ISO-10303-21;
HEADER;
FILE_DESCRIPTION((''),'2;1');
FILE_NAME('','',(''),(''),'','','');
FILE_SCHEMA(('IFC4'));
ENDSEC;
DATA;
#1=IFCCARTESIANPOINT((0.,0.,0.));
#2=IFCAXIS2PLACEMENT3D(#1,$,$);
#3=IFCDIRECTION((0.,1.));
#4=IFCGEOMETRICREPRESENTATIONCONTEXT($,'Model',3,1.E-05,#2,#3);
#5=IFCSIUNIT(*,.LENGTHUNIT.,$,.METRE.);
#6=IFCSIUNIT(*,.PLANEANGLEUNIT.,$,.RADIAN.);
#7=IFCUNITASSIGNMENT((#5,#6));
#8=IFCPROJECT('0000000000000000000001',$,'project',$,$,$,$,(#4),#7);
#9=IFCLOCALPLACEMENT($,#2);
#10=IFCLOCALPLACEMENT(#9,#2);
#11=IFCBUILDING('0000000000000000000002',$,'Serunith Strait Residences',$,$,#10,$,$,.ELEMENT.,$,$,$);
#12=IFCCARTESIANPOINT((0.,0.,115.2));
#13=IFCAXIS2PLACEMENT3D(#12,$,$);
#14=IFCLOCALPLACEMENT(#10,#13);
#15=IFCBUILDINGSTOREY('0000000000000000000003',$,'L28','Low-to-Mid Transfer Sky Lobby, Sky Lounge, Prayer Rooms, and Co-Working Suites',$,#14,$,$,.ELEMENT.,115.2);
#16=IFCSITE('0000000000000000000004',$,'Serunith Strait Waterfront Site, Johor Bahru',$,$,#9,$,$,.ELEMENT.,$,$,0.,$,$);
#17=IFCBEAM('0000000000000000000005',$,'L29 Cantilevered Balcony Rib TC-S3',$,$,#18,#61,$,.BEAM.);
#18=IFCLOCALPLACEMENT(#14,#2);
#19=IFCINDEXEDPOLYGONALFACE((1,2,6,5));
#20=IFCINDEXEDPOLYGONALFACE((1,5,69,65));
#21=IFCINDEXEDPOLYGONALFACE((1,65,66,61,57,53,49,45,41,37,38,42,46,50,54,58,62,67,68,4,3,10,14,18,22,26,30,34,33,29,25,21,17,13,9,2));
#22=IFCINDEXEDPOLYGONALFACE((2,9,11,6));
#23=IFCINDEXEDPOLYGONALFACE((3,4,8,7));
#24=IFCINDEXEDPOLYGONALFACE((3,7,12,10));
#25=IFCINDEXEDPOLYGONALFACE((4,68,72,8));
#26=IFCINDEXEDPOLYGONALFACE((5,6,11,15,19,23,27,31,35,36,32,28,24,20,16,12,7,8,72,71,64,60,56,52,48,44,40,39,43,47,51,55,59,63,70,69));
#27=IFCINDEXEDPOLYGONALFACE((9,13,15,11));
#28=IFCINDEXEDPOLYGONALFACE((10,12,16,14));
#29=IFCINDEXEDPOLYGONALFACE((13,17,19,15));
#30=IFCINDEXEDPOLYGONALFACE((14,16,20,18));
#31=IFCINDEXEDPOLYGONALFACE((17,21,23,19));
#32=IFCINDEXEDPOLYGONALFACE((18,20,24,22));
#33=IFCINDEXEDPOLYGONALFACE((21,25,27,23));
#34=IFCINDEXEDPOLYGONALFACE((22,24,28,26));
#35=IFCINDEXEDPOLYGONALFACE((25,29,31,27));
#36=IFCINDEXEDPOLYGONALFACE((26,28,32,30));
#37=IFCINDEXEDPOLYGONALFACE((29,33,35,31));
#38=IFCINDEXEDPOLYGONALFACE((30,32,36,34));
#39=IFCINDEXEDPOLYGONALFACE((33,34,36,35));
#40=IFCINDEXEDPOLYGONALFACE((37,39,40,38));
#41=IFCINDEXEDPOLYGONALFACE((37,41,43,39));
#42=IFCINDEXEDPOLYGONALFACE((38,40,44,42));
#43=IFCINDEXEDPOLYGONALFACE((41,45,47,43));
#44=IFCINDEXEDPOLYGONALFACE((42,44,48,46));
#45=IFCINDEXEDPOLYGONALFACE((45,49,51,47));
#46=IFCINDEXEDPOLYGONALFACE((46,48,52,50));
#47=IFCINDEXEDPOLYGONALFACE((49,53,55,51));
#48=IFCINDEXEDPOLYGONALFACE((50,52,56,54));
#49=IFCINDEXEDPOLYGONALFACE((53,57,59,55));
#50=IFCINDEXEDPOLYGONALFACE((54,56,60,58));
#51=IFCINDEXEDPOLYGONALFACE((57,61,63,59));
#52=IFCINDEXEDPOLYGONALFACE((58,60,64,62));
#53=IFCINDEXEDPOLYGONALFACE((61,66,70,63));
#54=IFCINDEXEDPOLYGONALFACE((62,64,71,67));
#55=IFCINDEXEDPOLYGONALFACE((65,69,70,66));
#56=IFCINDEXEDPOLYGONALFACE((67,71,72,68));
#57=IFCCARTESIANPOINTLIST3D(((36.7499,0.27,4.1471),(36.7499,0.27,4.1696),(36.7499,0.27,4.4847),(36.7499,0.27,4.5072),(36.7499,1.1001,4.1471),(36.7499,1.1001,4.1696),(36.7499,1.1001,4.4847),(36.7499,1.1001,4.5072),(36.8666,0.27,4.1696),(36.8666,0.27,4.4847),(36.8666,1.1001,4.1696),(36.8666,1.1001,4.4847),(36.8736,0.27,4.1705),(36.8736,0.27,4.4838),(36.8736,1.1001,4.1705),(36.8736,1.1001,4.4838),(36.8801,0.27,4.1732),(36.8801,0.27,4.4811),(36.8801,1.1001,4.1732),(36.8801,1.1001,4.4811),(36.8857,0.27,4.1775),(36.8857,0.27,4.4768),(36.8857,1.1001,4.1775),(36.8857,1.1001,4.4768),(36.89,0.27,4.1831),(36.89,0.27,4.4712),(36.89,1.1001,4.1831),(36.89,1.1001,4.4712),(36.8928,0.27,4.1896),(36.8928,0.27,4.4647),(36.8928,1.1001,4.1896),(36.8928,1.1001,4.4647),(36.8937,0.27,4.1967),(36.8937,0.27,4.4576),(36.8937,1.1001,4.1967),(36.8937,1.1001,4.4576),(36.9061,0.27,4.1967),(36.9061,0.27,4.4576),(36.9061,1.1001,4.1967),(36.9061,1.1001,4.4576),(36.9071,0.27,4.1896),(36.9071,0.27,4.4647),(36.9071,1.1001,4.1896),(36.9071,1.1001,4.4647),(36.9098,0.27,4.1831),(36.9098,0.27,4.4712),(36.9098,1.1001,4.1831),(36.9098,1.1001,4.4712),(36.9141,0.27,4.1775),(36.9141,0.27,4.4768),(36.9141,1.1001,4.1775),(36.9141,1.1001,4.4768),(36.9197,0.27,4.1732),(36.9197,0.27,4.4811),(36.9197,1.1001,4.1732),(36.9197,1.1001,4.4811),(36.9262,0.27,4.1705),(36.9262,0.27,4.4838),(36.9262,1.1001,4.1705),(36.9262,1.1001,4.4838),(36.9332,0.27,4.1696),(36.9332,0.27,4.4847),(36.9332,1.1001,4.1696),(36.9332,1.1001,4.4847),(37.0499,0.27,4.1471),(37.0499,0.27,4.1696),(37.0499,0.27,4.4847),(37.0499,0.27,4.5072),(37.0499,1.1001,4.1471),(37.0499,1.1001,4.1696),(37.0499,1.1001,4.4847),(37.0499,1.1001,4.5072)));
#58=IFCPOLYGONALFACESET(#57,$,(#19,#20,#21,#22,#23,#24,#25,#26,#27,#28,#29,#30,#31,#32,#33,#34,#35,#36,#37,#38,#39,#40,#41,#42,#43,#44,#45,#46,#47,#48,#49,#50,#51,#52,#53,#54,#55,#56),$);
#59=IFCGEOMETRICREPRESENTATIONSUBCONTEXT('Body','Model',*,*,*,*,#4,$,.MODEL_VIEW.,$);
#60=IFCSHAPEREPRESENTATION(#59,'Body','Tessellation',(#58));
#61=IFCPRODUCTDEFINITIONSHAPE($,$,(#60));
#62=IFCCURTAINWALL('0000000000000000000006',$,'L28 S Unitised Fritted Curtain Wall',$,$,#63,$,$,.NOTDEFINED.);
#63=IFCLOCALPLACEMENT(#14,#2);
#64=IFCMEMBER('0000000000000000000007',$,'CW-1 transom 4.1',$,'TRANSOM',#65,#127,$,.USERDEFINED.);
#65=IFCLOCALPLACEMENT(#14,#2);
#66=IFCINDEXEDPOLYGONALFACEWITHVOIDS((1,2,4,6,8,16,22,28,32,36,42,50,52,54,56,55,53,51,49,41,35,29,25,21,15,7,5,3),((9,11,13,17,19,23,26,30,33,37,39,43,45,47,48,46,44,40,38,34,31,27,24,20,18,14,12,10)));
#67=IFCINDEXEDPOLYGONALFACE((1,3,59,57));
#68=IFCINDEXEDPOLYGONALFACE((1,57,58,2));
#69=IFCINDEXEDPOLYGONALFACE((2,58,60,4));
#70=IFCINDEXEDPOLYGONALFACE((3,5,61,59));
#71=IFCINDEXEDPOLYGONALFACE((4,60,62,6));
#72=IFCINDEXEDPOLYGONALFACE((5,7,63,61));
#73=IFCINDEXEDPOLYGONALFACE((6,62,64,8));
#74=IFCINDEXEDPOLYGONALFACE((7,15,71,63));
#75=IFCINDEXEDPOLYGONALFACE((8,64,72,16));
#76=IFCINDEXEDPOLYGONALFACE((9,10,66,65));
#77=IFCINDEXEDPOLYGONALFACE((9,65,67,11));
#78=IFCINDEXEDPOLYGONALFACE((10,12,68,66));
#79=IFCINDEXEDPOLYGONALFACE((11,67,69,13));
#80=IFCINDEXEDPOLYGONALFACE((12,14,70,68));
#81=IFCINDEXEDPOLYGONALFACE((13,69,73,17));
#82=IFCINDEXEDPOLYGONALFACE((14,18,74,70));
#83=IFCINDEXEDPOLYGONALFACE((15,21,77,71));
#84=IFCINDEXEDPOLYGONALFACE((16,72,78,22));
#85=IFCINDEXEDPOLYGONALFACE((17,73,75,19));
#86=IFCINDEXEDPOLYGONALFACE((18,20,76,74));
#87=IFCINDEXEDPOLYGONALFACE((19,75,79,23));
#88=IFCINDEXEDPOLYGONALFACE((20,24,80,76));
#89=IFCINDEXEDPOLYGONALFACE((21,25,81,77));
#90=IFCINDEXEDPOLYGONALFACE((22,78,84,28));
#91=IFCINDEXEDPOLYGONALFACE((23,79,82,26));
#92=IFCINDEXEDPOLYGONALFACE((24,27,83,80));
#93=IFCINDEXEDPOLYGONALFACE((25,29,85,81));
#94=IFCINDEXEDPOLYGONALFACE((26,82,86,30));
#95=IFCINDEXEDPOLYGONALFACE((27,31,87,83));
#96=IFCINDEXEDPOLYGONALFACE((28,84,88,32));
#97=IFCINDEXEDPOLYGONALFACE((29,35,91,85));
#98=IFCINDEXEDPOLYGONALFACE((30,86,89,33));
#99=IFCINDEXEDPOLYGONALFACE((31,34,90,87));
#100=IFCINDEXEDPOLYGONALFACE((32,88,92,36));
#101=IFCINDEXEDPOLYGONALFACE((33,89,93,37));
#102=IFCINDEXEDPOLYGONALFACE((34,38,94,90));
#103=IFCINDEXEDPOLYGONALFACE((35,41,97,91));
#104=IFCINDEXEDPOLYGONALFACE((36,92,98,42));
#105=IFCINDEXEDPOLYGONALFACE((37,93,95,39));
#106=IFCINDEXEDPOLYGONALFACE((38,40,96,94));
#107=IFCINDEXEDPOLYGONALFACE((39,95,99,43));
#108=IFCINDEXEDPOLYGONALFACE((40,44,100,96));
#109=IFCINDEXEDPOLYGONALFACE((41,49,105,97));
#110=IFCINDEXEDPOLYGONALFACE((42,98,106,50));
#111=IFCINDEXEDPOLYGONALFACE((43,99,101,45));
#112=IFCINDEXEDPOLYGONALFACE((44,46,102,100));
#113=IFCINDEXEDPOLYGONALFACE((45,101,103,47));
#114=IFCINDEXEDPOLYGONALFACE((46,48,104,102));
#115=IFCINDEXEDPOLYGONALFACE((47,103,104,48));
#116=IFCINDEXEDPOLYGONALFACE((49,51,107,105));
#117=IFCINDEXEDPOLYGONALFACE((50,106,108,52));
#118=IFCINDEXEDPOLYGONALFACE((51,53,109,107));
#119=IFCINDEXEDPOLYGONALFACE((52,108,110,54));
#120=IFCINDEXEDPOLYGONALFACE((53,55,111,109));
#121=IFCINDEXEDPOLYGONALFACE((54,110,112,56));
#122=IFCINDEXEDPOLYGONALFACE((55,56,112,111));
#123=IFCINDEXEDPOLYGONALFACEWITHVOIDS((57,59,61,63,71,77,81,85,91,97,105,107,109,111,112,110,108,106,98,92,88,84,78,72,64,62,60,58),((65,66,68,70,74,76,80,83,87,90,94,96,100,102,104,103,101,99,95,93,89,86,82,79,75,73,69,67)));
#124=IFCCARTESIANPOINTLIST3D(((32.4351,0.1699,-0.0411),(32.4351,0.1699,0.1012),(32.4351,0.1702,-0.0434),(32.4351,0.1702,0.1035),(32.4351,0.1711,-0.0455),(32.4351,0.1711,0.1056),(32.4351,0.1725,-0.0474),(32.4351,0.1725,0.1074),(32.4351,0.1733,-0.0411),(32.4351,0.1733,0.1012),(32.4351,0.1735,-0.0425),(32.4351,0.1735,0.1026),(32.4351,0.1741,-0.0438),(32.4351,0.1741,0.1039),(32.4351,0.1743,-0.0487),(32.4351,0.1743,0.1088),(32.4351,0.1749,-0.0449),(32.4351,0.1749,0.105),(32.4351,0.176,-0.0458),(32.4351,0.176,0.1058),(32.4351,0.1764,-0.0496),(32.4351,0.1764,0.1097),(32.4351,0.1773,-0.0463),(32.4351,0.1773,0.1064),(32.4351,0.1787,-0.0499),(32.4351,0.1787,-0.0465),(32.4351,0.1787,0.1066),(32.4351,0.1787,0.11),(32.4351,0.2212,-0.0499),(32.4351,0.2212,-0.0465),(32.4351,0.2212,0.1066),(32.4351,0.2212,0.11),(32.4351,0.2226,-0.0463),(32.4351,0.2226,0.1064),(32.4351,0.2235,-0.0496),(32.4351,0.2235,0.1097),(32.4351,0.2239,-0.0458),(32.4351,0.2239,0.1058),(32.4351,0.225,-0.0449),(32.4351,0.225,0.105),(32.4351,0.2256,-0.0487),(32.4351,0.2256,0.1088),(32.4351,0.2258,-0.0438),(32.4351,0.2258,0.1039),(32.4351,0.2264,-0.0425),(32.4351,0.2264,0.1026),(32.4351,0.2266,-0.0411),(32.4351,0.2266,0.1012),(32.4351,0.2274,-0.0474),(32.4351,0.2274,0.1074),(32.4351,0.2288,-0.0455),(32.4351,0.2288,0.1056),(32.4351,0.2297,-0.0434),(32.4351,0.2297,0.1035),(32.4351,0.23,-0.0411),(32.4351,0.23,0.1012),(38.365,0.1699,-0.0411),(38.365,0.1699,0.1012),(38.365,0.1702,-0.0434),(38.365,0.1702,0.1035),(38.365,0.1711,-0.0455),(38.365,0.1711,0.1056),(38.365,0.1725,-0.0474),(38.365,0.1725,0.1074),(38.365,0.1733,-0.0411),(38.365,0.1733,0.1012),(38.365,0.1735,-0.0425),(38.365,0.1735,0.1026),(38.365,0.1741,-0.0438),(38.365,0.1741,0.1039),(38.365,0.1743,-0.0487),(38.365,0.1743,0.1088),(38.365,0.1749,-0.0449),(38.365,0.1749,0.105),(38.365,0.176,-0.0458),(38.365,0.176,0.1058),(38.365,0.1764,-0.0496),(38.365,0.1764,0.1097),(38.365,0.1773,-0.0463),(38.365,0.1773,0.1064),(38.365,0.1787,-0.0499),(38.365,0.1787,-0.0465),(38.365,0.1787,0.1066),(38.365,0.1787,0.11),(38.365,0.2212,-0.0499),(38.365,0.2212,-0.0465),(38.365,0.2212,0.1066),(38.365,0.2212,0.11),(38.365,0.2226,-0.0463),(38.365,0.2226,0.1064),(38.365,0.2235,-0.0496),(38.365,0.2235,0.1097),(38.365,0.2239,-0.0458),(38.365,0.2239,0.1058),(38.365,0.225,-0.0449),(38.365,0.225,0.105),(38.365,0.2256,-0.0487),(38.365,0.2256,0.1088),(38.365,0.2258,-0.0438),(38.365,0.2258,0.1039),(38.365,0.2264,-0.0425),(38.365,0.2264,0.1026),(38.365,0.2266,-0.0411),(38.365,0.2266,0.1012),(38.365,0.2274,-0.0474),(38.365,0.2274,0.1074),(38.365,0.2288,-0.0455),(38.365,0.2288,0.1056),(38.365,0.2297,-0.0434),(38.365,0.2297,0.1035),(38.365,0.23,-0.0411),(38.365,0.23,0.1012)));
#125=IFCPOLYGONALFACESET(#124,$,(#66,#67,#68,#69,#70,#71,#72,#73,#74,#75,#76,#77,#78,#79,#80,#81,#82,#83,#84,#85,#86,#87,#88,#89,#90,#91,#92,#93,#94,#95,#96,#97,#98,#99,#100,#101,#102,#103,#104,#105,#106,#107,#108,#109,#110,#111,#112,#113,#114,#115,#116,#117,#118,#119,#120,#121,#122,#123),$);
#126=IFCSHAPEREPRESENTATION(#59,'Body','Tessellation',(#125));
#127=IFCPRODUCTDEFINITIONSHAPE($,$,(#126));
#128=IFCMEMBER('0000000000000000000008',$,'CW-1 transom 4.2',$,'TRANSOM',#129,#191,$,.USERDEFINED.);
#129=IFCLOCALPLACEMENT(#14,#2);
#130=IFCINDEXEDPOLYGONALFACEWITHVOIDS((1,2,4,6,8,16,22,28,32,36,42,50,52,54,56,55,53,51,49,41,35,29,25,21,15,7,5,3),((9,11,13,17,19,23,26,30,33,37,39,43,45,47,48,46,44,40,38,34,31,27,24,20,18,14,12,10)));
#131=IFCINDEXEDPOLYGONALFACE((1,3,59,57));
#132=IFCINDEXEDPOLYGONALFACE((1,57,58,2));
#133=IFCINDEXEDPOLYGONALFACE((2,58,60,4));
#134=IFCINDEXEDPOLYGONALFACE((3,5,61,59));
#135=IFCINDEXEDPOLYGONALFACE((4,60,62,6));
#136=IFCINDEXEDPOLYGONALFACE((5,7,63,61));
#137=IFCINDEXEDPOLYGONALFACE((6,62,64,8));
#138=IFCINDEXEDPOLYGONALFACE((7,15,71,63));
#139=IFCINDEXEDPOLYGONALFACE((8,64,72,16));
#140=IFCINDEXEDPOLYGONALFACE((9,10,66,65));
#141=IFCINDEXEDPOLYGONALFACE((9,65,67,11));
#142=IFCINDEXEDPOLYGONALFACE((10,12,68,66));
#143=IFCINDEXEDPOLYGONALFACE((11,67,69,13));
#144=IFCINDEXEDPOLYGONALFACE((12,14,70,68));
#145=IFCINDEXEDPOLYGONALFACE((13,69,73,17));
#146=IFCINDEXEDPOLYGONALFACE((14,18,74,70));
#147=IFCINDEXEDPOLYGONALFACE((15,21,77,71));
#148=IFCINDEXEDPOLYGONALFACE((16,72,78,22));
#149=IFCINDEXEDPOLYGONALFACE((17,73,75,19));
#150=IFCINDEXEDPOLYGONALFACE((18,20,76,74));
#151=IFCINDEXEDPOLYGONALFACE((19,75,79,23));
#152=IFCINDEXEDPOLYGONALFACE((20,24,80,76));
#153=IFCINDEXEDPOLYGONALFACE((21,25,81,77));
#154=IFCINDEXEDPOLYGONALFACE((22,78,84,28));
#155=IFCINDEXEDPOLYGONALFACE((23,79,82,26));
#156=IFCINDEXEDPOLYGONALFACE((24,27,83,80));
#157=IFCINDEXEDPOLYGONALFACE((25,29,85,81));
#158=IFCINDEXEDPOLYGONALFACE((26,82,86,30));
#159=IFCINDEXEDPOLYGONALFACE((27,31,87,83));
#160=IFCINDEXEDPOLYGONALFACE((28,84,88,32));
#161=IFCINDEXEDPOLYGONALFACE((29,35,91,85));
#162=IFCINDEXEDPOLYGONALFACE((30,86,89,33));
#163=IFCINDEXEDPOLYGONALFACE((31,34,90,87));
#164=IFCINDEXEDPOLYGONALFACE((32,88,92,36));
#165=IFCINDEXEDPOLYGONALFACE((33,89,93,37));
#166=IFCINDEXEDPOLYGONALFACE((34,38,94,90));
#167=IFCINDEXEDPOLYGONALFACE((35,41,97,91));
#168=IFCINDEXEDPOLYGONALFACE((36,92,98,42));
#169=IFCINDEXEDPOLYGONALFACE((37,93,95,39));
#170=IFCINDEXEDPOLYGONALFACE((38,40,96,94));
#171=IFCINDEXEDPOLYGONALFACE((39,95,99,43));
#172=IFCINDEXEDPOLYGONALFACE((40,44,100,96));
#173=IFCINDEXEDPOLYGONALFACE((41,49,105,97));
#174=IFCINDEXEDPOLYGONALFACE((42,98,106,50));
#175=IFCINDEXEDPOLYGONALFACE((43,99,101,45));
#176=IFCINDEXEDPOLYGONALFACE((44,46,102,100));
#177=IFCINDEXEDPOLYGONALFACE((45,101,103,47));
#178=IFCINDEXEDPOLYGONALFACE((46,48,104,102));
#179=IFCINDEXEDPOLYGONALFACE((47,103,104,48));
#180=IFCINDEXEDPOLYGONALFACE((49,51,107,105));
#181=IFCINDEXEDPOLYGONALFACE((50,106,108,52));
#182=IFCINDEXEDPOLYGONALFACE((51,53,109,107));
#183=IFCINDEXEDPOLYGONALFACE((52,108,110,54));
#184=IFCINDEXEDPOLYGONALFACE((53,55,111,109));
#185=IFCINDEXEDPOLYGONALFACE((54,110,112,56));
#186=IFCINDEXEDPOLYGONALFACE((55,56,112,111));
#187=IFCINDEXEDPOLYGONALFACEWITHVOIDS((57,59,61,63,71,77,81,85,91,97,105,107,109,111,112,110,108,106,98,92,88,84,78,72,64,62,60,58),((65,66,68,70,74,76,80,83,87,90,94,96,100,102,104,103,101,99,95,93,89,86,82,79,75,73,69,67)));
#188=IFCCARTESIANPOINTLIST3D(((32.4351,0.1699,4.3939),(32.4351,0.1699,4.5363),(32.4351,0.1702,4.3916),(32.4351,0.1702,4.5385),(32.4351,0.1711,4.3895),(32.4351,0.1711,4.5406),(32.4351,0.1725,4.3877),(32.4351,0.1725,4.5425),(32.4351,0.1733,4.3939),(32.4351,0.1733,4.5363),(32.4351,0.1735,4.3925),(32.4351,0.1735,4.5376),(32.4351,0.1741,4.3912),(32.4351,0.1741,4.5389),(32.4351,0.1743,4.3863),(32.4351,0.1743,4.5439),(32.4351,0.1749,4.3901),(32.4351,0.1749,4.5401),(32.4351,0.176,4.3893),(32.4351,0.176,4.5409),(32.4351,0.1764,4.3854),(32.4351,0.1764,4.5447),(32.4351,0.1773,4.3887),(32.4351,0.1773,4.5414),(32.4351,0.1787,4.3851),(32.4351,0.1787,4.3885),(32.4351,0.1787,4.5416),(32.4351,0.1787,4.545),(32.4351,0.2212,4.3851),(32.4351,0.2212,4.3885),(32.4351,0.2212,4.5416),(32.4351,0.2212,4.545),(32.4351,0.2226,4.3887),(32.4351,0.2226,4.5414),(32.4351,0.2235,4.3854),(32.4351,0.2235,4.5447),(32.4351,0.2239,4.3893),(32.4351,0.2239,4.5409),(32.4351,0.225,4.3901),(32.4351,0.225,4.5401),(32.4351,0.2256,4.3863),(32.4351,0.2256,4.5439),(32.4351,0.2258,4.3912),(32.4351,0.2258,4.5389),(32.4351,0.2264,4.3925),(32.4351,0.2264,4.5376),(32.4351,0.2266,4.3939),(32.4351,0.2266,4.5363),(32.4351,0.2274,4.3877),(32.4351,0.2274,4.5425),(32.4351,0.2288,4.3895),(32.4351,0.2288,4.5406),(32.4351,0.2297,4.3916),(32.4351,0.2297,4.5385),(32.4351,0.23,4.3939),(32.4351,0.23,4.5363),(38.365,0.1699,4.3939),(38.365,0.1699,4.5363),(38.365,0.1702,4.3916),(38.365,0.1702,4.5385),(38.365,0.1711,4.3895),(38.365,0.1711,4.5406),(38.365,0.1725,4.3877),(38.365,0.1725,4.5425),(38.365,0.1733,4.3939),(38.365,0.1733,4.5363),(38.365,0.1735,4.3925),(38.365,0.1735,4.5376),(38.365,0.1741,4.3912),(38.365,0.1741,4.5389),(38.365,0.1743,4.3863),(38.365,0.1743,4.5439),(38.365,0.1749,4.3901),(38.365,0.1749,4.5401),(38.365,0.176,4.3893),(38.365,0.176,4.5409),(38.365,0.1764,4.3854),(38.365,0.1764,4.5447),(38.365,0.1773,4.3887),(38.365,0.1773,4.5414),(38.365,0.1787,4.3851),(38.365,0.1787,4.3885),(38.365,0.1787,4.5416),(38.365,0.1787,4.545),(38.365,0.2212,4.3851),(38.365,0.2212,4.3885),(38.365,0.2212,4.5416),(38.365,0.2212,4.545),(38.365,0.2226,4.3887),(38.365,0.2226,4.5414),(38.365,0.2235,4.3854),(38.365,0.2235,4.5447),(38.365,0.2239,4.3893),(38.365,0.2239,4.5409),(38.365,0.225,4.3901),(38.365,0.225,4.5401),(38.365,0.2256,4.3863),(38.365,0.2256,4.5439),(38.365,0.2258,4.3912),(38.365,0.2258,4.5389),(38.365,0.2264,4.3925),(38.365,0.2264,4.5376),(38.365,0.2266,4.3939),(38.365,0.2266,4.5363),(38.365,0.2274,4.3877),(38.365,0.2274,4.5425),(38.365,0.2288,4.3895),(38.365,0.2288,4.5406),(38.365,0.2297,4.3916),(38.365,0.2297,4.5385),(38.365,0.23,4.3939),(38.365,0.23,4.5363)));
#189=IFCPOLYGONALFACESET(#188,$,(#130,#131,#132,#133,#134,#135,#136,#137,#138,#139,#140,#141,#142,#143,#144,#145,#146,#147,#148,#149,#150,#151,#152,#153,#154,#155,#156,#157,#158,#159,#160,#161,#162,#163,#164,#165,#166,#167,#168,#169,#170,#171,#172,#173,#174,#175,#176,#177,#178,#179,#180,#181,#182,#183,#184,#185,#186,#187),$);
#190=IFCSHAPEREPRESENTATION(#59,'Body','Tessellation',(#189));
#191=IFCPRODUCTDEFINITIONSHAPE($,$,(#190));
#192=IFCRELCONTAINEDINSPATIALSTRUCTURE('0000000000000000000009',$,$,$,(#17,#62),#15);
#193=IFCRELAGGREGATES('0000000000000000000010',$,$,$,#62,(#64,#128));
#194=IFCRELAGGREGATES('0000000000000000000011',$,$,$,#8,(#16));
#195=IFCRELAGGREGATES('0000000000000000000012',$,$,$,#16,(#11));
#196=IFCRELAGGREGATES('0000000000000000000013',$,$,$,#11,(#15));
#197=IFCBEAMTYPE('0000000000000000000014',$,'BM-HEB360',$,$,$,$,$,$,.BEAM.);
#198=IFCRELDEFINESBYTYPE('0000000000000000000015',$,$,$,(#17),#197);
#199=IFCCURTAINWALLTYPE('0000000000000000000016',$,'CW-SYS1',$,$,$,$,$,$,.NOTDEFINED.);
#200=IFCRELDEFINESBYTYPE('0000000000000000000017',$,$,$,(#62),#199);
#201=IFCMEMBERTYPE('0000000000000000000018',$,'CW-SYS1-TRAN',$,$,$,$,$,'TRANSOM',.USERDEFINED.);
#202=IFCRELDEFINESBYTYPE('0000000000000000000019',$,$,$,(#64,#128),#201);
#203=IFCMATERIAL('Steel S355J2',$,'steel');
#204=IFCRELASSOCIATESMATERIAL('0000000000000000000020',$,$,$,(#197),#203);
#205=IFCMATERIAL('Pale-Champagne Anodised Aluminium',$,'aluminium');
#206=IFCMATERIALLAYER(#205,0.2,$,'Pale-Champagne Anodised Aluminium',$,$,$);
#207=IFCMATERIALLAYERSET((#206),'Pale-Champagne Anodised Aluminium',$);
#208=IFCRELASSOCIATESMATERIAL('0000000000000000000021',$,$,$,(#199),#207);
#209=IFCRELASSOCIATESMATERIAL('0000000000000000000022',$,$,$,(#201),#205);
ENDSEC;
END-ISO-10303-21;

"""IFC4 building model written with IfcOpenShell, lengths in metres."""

from ifc_helpers import new_model, si_unit, direction, frame, origin, origin_2d, place, context, subcontext, project, spatial, hollow_rectangle, i_section, extrude, source, transform, mapped, material, layer, layer_set, material_profile, profile_set, type_object, element, aggregate, save


model = new_model("IFC4")

# Units and contexts
model_context = context("Model", 3, precision=1e-05, world=origin(), true_north=direction((0.0, 1.0)))
body_context = subcontext(model_context, "Body", "Model", "MODEL_VIEW")
ifc_project = project(units=[si_unit("LENGTHUNIT", "METRE"), si_unit("PLANEANGLEUNIT", "RADIAN")], contexts=[model_context])

# Site, building, storey
site_placement = place(None, origin())
site = spatial("IfcSite", under=ifc_project, at=site_placement, Name="Serunith Strait Waterfront Site, Johor Bahru", CompositionType="ELEMENT", RefElevation=0.0)
building_placement = place(site_placement, origin())
building = spatial("IfcBuilding", under=site, at=building_placement, Name="Serunith Strait Residences", CompositionType="ELEMENT")
storey_placement = place(building_placement, frame((0.0, 0.0, 115.2)))
storey = spatial("IfcBuildingStorey", under=building, at=storey_placement, Name="L28", Description="Low-to-Mid Transfer Sky Lobby, Sky Lounge, Prayer Rooms, and Co-Working Suites", CompositionType="ELEMENT", Elevation=115.2)

# Beam
ifc_material_1 = material(Name="Steel S355J2", Category="steel")
ifc_material_profile_1 = material_profile(ifc_material_1, i_section(OverallWidth=0.3, OverallDepth=0.3601, WebThickness=0.0125, FlangeThickness=0.0225, FilletRadius=0.0271, at=origin_2d()), Name="HEB 360")
ifc_profile_set_1 = profile_set([ifc_material_profile_1], Name="Steel S355J2")
beam_type_1 = type_object("IfcBeamType", Name="BM-HEB360", PredefinedType="BEAM", material=ifc_profile_set_1)
shared_shape_1 = source(origin(), body_context, "Body", "SweptSolid", [
    extrude(i_section(OverallWidth=0.3, OverallDepth=0.3601, WebThickness=0.0125, FlangeThickness=0.0225, FilletRadius=0.0271, at=origin_2d()), origin(), (0.0, 0.0, 1.0), 0.8301),
])
beam_1_placement = place(storey_placement, frame((36.8999, 1.1001, 4.3271), z_axis=(0.0, -1.0, 0.0), x_axis=(1.0, 0.0, 0.0)))
element("IfcBeam", 1, at=beam_1_placement, inside=storey, type_object=beam_type_1, Name="L29 Cantilevered Balcony Rib TC-S3", PredefinedType="BEAM", context=body_context, shape_type="MappedRepresentation", body=[
    mapped(shared_shape_1, transform((0.0, 0.0, 0.0), scale=1.0)),
])

# Curtain wall, members
ifc_material_2 = material(Name="Pale-Champagne Anodised Aluminium", Category="aluminium")
ifc_layer_1 = layer(ifc_material_2, 0.2, Name="Pale-Champagne Anodised Aluminium")
ifc_layer_set_1 = layer_set([ifc_layer_1], Name="Pale-Champagne Anodised Aluminium")
curtain_wall_type = type_object("IfcCurtainWallType", Name="CW-SYS1", PredefinedType="NOTDEFINED", material=ifc_layer_set_1)
curtain_wall_placement = place(storey_placement, origin())
curtain_wall = element("IfcCurtainWall", 2, at=curtain_wall_placement, inside=storey, type_object=curtain_wall_type, Name="L28 S Unitised Fritted Curtain Wall", PredefinedType="NOTDEFINED")
ifc_material_profile_2 = material_profile(ifc_material_2, hollow_rectangle(XDim=0.0601, YDim=0.1599, WallThickness=0.0034, InnerFilletRadius=0.0054, OuterFilletRadius=0.0088, at=origin_2d()), Name="ALU 160x60x3.5")
ifc_profile_set_2 = profile_set([ifc_material_profile_2], Name="Pale-Champagne Anodised Aluminium")
member_type_1 = type_object("IfcMemberType", Name="CW-SYS1-TRAN", ElementType="TRANSOM", PredefinedType="USERDEFINED", material=ifc_profile_set_2)
shared_shape_2 = source(origin(), body_context, "Body", "SweptSolid", [
    extrude(hollow_rectangle(XDim=0.0601, YDim=0.1599, WallThickness=0.0034, InnerFilletRadius=0.0054, OuterFilletRadius=0.0088, at=origin_2d()), origin(), (0.0, 0.0, 1.0), 5.9299),
])
member_1_placement = place(storey_placement, frame((32.4351, 0.2, 0.03), z_axis=(1.0, 0.0, 0.0), x_axis=(0.0, 1.0, 0.0)))
member_1 = element("IfcMember", 3, at=member_1_placement, type_object=member_type_1, Name="CW-1 transom 4.1", ObjectType="TRANSOM", PredefinedType="USERDEFINED", context=body_context, shape_type="MappedRepresentation", body=[
    mapped(shared_shape_2, transform((0.0, 0.0, 0.0), scale=1.0)),
])
member_2_placement = place(storey_placement, frame((32.4351, 0.2, 4.4651), z_axis=(1.0, 0.0, 0.0), x_axis=(0.0, 1.0, 0.0)))
member_2 = element("IfcMember", 4, at=member_2_placement, type_object=member_type_1, Name="CW-1 transom 4.2", ObjectType="TRANSOM", PredefinedType="USERDEFINED", context=body_context, shape_type="MappedRepresentation", body=[
    mapped(shared_shape_2, transform((0.0, 0.0, 0.0), scale=1.0)),
])
aggregate(curtain_wall, [member_1, member_2])

save(model, "model.ifc")
